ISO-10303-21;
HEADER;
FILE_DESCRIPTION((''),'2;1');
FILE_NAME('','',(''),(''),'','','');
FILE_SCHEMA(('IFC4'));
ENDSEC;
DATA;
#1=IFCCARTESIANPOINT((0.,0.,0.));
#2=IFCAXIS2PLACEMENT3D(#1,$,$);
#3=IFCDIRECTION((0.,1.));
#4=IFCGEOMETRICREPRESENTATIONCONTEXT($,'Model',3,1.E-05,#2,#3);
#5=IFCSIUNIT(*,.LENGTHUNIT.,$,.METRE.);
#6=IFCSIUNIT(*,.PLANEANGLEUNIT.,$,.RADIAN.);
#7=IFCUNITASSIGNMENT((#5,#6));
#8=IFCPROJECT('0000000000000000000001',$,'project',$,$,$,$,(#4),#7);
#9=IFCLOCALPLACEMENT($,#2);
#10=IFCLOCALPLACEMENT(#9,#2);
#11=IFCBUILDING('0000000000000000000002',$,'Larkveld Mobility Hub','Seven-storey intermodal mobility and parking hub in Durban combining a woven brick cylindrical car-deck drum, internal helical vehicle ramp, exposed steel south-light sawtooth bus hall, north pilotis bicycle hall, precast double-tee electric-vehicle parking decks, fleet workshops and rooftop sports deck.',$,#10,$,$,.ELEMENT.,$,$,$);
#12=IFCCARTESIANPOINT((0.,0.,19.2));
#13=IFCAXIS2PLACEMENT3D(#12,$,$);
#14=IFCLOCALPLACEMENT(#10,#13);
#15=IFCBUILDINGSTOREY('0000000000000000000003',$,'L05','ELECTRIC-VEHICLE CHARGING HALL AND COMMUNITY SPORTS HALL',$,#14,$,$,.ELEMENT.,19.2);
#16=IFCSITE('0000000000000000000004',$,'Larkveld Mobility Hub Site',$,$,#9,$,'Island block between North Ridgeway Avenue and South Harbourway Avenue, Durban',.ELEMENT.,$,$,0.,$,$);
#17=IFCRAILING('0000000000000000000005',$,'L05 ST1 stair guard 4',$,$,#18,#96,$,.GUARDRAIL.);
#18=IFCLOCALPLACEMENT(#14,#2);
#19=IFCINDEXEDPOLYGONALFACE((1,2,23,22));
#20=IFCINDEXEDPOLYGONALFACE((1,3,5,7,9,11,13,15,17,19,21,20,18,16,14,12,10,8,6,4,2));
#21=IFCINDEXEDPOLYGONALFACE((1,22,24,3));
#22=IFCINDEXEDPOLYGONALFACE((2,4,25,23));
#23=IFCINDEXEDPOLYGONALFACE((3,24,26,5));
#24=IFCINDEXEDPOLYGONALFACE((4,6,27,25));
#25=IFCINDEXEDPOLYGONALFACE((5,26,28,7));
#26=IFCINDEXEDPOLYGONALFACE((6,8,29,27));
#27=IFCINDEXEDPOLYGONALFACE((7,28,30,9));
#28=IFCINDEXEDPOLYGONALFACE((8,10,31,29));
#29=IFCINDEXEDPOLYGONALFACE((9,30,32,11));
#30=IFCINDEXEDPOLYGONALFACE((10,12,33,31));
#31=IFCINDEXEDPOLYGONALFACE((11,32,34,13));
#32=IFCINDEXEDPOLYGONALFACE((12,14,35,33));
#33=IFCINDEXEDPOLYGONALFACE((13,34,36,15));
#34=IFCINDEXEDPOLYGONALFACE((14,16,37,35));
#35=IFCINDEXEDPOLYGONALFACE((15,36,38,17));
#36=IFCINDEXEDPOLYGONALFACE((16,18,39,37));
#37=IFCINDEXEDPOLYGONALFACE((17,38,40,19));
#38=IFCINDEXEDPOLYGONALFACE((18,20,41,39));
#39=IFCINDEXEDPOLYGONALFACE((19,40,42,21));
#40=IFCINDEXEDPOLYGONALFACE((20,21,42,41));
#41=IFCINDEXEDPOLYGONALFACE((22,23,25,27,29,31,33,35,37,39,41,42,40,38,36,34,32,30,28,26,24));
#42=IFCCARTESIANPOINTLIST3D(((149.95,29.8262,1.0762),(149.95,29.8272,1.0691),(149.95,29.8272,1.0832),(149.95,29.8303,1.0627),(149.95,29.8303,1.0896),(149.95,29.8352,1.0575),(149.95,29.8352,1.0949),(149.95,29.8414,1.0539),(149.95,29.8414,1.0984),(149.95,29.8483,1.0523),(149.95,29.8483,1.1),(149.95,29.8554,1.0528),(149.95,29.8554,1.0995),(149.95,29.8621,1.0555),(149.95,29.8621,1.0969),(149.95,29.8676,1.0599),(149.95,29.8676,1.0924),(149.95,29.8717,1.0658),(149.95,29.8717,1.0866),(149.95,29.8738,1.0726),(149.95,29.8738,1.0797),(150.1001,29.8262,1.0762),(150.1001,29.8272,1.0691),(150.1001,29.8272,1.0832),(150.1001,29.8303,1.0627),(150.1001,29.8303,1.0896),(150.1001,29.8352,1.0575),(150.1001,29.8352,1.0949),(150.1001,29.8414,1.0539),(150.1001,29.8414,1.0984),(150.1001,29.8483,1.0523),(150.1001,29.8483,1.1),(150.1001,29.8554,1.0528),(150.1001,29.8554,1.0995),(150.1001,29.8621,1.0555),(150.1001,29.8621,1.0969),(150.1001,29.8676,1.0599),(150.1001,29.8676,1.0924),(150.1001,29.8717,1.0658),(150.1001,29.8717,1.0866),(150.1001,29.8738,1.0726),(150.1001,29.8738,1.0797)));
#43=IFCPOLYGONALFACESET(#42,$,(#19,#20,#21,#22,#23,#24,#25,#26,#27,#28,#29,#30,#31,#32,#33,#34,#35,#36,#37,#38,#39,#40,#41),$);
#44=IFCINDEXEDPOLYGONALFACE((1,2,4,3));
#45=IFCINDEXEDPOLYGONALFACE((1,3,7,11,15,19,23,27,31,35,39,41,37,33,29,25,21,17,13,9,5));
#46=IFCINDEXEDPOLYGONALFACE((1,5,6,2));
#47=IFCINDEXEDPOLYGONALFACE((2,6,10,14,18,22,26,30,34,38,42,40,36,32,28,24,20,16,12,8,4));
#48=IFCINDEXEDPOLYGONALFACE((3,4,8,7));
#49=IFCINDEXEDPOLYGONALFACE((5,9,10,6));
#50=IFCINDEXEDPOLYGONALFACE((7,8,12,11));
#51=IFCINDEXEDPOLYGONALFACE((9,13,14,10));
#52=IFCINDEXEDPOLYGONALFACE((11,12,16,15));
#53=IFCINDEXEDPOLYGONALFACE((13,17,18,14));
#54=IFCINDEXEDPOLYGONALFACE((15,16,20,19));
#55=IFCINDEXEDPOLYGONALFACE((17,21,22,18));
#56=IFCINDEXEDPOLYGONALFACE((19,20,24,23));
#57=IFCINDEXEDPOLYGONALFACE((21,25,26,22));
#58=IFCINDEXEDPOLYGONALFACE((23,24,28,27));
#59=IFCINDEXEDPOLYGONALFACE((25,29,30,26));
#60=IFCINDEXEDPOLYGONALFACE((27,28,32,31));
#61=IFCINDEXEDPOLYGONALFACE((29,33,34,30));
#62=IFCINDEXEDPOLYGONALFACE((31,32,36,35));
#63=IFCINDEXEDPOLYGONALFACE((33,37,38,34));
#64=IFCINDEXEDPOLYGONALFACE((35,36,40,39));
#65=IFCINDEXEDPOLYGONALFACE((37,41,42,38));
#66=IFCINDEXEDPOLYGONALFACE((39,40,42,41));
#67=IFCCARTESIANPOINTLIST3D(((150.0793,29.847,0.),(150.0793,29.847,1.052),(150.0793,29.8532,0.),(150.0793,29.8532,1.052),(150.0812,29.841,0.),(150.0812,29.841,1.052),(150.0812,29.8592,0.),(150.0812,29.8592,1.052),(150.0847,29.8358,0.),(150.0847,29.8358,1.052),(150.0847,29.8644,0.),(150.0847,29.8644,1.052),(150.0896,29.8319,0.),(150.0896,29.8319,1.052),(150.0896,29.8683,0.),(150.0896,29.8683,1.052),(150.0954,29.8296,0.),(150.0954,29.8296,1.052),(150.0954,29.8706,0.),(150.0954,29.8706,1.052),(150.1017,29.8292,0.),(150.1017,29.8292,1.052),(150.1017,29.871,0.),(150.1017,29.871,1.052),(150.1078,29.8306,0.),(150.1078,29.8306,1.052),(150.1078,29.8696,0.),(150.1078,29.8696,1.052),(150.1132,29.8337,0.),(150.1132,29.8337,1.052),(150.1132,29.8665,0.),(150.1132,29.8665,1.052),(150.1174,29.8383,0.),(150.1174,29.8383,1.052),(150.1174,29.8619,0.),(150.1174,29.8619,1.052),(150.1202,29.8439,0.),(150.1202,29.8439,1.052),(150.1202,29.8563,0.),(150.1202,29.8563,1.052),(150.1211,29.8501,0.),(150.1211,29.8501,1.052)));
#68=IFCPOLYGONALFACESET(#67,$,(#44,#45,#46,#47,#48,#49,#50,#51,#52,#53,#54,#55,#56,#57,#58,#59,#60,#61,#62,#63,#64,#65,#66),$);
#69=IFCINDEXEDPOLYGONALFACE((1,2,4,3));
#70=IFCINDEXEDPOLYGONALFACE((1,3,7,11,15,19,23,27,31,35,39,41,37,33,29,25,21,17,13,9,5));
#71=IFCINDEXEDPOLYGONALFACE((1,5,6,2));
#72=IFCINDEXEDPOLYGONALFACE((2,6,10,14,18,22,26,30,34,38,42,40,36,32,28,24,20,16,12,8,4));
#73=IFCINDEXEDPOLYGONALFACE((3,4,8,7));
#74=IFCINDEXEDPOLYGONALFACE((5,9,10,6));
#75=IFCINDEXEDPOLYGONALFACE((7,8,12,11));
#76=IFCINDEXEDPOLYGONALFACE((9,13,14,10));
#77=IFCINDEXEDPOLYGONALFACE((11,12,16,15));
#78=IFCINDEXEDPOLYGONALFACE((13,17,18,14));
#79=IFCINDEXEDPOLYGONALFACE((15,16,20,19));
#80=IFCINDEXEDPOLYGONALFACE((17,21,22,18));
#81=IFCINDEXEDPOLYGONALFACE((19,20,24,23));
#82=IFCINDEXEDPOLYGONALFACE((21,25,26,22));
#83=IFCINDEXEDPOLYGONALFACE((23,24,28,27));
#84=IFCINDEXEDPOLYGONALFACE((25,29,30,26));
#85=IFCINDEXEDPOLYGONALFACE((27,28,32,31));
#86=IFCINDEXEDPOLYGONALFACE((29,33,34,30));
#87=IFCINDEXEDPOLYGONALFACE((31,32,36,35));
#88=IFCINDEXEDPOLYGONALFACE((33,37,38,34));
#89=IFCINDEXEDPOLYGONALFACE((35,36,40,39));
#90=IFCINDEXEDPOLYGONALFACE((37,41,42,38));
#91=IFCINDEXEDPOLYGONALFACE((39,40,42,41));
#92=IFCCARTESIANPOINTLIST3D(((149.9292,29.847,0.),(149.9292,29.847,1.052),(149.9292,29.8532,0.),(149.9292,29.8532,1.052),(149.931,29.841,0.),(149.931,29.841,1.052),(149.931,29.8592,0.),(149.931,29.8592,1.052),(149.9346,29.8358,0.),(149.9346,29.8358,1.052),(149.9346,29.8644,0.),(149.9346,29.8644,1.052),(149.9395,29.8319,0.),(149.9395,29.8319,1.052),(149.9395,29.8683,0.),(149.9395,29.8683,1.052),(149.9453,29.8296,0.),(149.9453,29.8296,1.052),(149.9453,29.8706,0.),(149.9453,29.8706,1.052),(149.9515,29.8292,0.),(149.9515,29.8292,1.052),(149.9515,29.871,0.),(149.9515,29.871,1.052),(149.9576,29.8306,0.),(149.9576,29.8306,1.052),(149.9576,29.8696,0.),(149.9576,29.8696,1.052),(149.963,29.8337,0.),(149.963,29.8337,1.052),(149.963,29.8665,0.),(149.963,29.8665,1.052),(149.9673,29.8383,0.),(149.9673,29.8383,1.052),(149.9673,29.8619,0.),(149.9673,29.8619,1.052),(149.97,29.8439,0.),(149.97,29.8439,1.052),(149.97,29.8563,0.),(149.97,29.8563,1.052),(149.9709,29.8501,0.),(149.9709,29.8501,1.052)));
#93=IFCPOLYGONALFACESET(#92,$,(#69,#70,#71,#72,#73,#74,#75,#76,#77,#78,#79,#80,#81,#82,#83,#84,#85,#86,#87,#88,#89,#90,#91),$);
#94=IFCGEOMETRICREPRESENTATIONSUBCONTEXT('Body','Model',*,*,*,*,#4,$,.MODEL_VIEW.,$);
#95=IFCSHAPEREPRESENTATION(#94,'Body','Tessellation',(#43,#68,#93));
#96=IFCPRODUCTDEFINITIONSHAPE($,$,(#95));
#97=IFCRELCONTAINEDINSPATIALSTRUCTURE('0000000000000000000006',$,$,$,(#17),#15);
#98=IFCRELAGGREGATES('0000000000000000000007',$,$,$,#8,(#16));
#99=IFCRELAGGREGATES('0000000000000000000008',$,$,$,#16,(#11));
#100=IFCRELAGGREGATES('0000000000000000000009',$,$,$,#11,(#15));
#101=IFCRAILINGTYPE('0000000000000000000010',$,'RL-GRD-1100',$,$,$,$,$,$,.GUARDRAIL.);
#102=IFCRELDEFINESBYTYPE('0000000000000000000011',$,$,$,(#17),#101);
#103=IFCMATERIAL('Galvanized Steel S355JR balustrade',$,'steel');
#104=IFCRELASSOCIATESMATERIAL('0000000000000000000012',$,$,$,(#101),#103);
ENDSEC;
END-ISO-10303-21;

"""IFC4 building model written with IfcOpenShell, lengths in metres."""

from ifc_helpers import new_model, si_unit, direction, frame, origin, origin_2d, place, context, subcontext, project, spatial, circle, extrude, material, type_object, element, save


model = new_model("IFC4")

# Units and contexts
model_context = context("Model", 3, precision=1e-05, world=origin(), true_north=direction((0.0, 1.0)))
body_context = subcontext(model_context, "Body", "Model", "MODEL_VIEW")
ifc_project = project(units=[si_unit("LENGTHUNIT", "METRE"), si_unit("PLANEANGLEUNIT", "RADIAN")], contexts=[model_context])

# Site, building, storey
site_placement = place(None, origin())
site = spatial("IfcSite", under=ifc_project, at=site_placement, Name="Larkveld Mobility Hub Site", LongName="Island block between North Ridgeway Avenue and South Harbourway Avenue, Durban", CompositionType="ELEMENT", RefElevation=0.0)
building_placement = place(site_placement, origin())
building = spatial("IfcBuilding", under=site, at=building_placement, Name="Larkveld Mobility Hub", Description="Seven-storey intermodal mobility and parking hub in Durban combining a woven brick cylindrical car-deck drum, internal helical vehicle ramp, exposed steel south-light sawtooth bus hall, north pilotis bicycle hall, precast double-tee electric-vehicle parking decks, fleet workshops and rooftop sports deck.", CompositionType="ELEMENT")
storey_placement = place(building_placement, frame((0.0, 0.0, 19.2)))
storey = spatial("IfcBuildingStorey", under=building, at=storey_placement, Name="L05", Description="ELECTRIC-VEHICLE CHARGING HALL AND COMMUNITY SPORTS HALL", CompositionType="ELEMENT", Elevation=19.2)

# Railing
ifc_material_1 = material(Name="Galvanized Steel S355JR balustrade", Category="steel")
railing_type_1 = type_object("IfcRailingType", Name="RL-GRD-1100", PredefinedType="GUARDRAIL", material=ifc_material_1)
railing_1_placement = place(storey_placement, frame((150.1001, 29.8501, 0.0)))
element("IfcRailing", 1, at=railing_1_placement, inside=storey, type_object=railing_type_1, Name="L05 ST1 stair guard 4", PredefinedType="GUARDRAIL", context=body_context, shape_type="SweptSolid", body=[
    extrude(circle(Radius=0.0239, at=origin_2d()), frame((0.0, 0.0, 1.0762), z_axis=(-1.0, 0.0, 0.0), x_axis=(0.0, -1.0, 0.0)), (0.0, 0.0, 1.0), 0.1501),
    extrude(circle(Radius=0.021, at=origin_2d()), origin(), (0.0, 0.0, 1.0), 1.052),
    extrude(circle(Radius=0.021, at=origin_2d()), frame((-0.1501, 0.0, 0.0)), (0.0, 0.0, 1.0), 1.052),
])

save(model, "model.ifc")
